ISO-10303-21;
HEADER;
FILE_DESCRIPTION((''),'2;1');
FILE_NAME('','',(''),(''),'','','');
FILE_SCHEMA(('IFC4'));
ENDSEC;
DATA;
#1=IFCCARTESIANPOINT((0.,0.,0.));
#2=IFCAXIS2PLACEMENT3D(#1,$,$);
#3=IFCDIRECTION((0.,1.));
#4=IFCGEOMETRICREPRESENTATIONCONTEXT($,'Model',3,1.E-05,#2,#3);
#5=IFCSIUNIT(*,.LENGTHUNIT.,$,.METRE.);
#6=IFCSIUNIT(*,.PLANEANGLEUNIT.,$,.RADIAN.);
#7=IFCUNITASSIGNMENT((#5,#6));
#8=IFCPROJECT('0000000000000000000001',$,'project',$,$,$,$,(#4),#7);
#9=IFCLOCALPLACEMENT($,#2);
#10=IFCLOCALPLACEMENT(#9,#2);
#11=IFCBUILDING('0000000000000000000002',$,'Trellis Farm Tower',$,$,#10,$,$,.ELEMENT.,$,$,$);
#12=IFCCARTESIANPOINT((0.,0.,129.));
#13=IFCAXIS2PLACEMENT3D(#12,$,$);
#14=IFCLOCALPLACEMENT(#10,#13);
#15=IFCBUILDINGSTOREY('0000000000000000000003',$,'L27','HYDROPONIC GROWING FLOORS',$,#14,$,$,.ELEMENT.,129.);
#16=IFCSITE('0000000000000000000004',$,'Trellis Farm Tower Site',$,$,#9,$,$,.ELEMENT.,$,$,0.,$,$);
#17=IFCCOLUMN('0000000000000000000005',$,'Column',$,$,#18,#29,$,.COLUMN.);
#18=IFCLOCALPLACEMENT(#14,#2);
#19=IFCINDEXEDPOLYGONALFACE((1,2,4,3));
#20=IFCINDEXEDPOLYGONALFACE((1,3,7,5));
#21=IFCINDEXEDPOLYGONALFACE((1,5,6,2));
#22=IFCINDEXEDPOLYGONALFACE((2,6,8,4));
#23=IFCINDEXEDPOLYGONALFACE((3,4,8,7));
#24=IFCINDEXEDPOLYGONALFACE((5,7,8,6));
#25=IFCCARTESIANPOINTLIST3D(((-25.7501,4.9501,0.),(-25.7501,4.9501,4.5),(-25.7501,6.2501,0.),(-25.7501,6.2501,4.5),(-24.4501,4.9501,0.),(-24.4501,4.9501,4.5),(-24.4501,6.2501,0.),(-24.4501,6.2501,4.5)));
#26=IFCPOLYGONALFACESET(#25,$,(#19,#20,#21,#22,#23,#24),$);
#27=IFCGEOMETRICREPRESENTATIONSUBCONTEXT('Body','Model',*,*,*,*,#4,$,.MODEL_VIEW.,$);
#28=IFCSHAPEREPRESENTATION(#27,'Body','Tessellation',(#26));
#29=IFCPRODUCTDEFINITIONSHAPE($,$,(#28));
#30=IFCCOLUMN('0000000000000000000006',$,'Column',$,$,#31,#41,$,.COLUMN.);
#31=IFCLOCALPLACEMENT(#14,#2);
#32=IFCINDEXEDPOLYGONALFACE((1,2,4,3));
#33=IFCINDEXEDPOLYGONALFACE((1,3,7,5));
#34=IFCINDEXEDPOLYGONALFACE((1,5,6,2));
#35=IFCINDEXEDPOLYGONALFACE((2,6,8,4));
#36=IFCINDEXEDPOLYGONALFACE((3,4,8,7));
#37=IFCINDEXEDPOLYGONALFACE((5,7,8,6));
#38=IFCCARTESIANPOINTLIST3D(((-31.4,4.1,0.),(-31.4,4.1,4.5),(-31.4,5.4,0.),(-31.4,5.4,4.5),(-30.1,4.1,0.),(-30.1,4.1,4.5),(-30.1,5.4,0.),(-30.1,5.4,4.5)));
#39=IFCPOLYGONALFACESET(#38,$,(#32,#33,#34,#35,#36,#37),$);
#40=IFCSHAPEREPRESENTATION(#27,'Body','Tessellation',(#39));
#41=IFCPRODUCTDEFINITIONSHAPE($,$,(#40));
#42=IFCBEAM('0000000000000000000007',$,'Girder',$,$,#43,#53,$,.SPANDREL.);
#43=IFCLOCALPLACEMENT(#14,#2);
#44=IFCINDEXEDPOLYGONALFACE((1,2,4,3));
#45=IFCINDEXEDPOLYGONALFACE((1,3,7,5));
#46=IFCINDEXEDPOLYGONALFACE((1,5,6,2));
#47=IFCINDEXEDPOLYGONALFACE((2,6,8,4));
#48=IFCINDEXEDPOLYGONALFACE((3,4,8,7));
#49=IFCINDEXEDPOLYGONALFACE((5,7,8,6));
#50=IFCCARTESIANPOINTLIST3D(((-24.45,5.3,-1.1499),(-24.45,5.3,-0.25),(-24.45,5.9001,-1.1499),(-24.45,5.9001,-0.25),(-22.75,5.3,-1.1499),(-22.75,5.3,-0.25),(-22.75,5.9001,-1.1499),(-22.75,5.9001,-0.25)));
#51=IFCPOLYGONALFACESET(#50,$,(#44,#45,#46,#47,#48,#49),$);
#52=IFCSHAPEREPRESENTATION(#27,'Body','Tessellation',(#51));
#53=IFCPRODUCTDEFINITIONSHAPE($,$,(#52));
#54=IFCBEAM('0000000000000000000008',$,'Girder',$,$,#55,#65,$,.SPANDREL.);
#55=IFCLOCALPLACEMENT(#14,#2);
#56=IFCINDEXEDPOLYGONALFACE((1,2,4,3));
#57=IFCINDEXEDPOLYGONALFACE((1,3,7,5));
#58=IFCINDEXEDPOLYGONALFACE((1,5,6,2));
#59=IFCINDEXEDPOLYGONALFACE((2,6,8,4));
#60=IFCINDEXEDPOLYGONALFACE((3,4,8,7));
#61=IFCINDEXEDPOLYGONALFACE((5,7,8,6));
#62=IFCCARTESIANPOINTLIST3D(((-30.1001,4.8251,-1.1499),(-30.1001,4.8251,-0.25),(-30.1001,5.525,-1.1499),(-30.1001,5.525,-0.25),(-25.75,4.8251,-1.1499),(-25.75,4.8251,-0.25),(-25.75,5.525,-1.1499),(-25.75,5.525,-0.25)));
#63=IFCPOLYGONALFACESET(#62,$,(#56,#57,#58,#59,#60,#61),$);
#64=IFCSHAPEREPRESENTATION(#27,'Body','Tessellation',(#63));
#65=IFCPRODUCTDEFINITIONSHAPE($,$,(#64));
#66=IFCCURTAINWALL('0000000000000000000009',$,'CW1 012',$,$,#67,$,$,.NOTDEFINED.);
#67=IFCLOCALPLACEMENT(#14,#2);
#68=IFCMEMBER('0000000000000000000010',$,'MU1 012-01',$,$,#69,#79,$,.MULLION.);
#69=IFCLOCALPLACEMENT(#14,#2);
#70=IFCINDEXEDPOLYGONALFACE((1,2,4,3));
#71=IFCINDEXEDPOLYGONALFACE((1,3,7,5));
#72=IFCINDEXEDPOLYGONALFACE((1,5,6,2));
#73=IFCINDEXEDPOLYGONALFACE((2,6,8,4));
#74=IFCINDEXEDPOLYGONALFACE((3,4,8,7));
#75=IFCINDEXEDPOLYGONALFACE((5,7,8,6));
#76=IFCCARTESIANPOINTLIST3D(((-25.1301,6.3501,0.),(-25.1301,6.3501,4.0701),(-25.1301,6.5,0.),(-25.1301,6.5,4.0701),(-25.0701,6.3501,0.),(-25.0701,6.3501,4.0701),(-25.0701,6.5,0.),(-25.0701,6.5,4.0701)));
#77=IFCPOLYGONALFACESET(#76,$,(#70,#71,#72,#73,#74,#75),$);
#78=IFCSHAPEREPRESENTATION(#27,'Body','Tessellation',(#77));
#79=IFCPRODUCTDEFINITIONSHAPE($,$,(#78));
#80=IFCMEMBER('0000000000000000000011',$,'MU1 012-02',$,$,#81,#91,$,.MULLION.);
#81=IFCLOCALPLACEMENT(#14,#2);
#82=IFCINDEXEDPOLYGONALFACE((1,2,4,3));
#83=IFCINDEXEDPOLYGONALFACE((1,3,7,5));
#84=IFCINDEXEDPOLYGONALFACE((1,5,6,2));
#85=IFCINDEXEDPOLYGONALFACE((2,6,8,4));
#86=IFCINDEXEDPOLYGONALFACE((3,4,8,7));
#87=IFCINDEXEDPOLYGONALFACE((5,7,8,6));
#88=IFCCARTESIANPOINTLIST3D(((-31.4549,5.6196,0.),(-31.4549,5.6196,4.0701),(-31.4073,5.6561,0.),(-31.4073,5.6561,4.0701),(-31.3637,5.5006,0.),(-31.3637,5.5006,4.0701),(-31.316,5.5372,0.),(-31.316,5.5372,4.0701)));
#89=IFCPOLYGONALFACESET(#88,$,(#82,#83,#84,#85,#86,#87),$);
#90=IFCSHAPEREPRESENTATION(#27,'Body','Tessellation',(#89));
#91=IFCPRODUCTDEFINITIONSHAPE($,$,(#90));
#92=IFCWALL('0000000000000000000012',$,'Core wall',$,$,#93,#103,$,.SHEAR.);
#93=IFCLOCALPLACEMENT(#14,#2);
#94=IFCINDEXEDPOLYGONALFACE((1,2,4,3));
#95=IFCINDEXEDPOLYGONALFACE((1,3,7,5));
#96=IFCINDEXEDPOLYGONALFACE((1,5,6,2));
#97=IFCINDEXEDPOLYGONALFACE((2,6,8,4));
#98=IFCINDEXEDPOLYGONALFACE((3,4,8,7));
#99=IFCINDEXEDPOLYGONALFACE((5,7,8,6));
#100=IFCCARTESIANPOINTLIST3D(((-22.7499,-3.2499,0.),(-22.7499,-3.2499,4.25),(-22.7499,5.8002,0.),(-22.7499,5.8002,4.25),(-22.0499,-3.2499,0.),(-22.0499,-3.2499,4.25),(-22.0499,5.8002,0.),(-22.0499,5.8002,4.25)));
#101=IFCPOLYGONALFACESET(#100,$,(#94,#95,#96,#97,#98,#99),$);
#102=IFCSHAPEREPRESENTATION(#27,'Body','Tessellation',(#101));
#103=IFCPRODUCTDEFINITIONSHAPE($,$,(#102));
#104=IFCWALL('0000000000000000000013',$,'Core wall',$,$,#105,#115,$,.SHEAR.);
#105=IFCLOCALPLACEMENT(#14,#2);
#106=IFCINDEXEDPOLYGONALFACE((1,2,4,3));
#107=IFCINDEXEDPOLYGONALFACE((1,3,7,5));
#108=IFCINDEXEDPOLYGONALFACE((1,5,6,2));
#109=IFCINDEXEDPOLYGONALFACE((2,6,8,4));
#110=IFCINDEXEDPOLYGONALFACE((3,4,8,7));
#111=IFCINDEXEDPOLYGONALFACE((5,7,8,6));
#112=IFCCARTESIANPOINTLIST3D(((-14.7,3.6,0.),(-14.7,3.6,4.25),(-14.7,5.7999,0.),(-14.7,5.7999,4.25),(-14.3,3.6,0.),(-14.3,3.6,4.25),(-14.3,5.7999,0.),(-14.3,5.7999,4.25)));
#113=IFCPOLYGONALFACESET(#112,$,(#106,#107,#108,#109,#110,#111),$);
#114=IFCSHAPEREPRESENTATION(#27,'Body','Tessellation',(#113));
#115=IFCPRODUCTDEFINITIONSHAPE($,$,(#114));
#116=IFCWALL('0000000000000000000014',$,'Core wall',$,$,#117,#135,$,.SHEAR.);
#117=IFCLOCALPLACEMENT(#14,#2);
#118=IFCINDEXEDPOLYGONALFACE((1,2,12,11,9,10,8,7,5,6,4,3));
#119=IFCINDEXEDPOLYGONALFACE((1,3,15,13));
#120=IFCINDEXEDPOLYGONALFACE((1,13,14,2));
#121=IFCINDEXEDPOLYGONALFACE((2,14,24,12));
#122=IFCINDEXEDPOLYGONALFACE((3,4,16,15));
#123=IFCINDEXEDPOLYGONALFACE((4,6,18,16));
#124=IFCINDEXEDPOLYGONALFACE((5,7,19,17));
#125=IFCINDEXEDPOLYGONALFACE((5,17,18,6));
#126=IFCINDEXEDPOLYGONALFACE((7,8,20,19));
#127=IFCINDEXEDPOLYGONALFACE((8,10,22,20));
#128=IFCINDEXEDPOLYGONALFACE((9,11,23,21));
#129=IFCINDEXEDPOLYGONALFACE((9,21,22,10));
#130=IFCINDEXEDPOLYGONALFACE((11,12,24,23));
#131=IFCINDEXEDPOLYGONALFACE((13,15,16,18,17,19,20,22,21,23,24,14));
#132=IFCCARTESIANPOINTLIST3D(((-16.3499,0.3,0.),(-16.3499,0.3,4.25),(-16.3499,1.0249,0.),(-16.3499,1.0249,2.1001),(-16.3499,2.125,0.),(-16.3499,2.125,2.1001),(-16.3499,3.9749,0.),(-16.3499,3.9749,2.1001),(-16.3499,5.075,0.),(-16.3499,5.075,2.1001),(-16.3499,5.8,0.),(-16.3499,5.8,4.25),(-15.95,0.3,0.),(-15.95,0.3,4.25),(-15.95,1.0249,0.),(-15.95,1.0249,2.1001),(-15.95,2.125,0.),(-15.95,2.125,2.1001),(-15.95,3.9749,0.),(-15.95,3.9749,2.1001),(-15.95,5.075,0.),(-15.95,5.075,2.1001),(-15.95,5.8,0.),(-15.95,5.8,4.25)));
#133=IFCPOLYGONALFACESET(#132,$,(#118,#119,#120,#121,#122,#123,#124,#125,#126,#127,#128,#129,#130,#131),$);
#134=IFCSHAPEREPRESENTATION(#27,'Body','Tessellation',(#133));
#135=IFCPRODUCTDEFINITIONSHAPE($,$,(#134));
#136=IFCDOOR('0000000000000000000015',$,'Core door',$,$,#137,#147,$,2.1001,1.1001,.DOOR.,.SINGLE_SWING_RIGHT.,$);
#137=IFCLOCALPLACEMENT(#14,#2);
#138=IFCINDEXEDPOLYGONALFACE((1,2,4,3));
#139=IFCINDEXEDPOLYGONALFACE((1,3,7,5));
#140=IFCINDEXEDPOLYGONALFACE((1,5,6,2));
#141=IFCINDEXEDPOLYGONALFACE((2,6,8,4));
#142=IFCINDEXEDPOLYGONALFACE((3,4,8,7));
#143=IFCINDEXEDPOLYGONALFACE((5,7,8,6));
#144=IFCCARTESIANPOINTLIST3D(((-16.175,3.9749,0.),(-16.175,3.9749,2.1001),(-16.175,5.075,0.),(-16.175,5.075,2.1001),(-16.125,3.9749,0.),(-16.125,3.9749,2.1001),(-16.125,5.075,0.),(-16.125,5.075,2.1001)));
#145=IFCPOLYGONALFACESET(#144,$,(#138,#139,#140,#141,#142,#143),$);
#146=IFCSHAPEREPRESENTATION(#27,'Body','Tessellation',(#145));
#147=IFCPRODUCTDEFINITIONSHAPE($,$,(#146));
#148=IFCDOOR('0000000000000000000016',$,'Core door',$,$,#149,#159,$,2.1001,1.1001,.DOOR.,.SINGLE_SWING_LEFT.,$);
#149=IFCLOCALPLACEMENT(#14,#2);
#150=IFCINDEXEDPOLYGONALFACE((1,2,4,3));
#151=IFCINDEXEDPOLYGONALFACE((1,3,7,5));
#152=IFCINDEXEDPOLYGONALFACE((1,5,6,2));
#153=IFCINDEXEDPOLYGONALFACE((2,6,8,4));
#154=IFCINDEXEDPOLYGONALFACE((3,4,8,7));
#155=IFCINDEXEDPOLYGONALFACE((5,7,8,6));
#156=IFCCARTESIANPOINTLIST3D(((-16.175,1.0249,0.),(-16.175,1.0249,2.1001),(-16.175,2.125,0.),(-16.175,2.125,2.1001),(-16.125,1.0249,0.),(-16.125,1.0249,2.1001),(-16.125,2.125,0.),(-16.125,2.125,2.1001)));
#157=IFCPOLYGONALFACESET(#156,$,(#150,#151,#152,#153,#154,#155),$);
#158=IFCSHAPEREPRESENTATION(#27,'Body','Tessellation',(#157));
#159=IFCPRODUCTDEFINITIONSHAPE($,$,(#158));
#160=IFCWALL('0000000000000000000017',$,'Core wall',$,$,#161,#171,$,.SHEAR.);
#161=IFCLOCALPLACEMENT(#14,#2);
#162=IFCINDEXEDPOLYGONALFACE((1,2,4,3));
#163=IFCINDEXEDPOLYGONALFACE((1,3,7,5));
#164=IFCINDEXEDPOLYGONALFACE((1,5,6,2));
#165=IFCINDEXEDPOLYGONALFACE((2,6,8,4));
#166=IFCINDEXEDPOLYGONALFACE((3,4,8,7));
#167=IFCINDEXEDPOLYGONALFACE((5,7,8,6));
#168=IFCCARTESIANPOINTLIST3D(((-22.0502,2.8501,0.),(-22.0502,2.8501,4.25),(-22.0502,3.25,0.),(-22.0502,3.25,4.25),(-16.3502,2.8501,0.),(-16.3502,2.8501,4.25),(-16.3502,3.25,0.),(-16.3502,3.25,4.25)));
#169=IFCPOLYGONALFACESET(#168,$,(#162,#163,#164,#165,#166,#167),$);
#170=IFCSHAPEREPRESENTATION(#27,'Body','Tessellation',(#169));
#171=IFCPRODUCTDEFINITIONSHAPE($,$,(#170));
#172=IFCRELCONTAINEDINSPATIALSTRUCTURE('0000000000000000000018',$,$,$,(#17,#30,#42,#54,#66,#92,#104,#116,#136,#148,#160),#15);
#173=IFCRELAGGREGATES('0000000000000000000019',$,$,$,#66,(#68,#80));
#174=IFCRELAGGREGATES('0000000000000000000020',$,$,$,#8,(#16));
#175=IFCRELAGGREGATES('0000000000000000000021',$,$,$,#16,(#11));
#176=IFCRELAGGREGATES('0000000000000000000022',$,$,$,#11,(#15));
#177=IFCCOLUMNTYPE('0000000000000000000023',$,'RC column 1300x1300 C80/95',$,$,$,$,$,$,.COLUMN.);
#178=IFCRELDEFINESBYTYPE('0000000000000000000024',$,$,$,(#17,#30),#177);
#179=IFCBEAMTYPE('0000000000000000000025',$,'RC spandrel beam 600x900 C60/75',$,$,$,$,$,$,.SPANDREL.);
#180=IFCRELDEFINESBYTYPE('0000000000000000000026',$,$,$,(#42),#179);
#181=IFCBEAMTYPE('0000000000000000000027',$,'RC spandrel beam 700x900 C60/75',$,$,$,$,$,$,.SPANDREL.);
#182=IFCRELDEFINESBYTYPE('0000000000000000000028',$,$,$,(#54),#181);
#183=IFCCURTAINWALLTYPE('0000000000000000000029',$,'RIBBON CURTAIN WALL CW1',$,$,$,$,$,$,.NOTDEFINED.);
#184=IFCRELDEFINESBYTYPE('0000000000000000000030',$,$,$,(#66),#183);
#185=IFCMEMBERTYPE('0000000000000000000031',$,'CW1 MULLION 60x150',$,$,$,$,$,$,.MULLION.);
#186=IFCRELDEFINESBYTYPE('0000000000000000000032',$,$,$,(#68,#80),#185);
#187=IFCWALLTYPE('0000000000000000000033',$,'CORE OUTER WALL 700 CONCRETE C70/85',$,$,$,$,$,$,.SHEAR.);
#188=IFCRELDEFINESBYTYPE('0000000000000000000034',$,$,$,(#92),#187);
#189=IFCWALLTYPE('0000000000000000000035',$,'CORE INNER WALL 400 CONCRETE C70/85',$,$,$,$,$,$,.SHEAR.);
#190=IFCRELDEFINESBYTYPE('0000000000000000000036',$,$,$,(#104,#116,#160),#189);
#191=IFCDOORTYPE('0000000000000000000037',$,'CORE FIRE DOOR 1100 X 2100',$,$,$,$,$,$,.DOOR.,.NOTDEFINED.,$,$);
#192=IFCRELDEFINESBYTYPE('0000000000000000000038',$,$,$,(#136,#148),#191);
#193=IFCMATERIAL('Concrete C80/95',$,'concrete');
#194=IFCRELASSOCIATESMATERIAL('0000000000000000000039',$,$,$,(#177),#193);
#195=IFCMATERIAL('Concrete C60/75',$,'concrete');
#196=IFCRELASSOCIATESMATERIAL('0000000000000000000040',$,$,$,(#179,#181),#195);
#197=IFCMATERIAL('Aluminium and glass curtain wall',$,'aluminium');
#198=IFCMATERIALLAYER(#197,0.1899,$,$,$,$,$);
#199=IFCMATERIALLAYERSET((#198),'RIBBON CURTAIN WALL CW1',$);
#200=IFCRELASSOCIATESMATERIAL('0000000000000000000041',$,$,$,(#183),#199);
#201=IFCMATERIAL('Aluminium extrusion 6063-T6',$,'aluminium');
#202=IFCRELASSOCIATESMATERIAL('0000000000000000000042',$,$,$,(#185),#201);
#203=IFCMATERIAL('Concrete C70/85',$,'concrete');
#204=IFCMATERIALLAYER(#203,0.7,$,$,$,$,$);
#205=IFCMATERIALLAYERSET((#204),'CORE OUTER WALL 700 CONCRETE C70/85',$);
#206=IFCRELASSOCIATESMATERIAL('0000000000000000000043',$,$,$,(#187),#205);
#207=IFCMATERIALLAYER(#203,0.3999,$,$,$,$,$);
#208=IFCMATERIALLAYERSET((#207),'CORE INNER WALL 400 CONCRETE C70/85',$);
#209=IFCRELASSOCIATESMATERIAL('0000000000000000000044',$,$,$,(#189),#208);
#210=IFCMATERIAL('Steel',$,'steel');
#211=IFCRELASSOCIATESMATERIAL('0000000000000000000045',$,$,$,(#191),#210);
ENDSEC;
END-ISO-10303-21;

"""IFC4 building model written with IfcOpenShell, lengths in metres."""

from ifc_helpers import new_model, si_unit, direction, frame, frame_2d, origin, origin_2d, place, context, subcontext, project, spatial, rectangle, extrude, source, transform, mapped, material, layer, layer_set, material_profile, profile_set, type_object, element, fill, aggregate, save


model = new_model("IFC4")

# Units and contexts
model_context = context("Model", 3, precision=1e-05, world=origin(), true_north=direction((0.0, 1.0)))
body_context = subcontext(model_context, "Body", "Model", "MODEL_VIEW")
ifc_project = project(units=[si_unit("LENGTHUNIT", "METRE"), si_unit("PLANEANGLEUNIT", "RADIAN")], contexts=[model_context])

# Site, building, storey
site_placement = place(None, origin())
site = spatial("IfcSite", under=ifc_project, at=site_placement, Name="Trellis Farm Tower Site", CompositionType="ELEMENT", RefElevation=0.0)
building_placement = place(site_placement, origin())
building = spatial("IfcBuilding", under=site, at=building_placement, Name="Trellis Farm Tower", CompositionType="ELEMENT")
storey_placement = place(building_placement, frame((0.0, 0.0, 129.0)))
storey = spatial("IfcBuildingStorey", under=building, at=storey_placement, Name="L27", Description="HYDROPONIC GROWING FLOORS", CompositionType="ELEMENT", Elevation=129.0)

# Columns
ifc_material_1 = material(Name="Concrete C80/95", Category="concrete")
ifc_material_profile_1 = material_profile(ifc_material_1, rectangle(XDim=1.3, YDim=1.3, at=origin_2d()), Name="RC column 1300x1300 C80/95")
ifc_profile_set_1 = profile_set([ifc_material_profile_1], Name="Concrete C80/95")
column_type = type_object("IfcColumnType", Name="RC column 1300x1300 C80/95", PredefinedType="COLUMN", material=ifc_profile_set_1)
shared_shape_1 = source(origin(), body_context, "Body", "SweptSolid", [
    extrude(rectangle(XDim=1.3, YDim=1.3, at=origin_2d()), origin(), (0.0, 0.0, 1.0), 4.5),
])
for number, where, z_axis, x_axis, name in (
    (1, (-25.1001, 5.6001, 0.0), (0.0, 0.0, 1.0), (1.0, 0.0, 0.0), "Column"),
    (2, (-30.75, 4.75, 0.0), (0.0, 0.0, 1.0), (1.0, 0.0, 0.0), "Column"),
):
    element("IfcColumn", number, at=place(storey_placement, frame(where, z_axis=z_axis, x_axis=x_axis)), inside=storey, type_object=column_type, Name=name, PredefinedType="COLUMN", context=body_context, shape_type="MappedRepresentation", body=[
        mapped(shared_shape_1, transform((0.0, 0.0, 0.0))),
    ])

# Beams
ifc_material_2 = material(Name="Concrete C60/75", Category="concrete")
ifc_material_profile_2 = material_profile(ifc_material_2, rectangle(XDim=0.6001, YDim=0.8999, at=origin_2d()), Name="RC spandrel beam 600x900 C60/75")
ifc_profile_set_2 = profile_set([ifc_material_profile_2], Name="Concrete C60/75")
beam_type_1 = type_object("IfcBeamType", Name="RC spandrel beam 600x900 C60/75", PredefinedType="SPANDREL", material=ifc_profile_set_2)
shared_shape_2 = source(origin(), body_context, "Body", "SweptSolid", [
    extrude(rectangle(XDim=0.6001, YDim=0.8999, at=origin_2d()), origin(), (0.0, 0.0, 1.0), 1.7),
])
beam_1_placement = place(storey_placement, frame((-24.45, 5.6001, -0.7), z_axis=(1.0, 0.0, 0.0), x_axis=(0.0, 1.0, 0.0)))
element("IfcBeam", 3, at=beam_1_placement, inside=storey, type_object=beam_type_1, Name="Girder", PredefinedType="SPANDREL", context=body_context, shape_type="MappedRepresentation", body=[
    mapped(shared_shape_2, transform((0.0, 0.0, 0.0))),
])
ifc_material_profile_3 = material_profile(ifc_material_2, rectangle(XDim=0.7, YDim=0.8999, at=origin_2d()), Name="RC spandrel beam 700x900 C60/75")
ifc_profile_set_3 = profile_set([ifc_material_profile_3], Name="Concrete C60/75")
beam_type_2 = type_object("IfcBeamType", Name="RC spandrel beam 700x900 C60/75", PredefinedType="SPANDREL", material=ifc_profile_set_3)
shared_shape_3 = source(origin(), body_context, "Body", "SweptSolid", [
    extrude(rectangle(XDim=0.7, YDim=0.8999, at=origin_2d()), origin(), (0.0, 0.0, 1.0), 4.3501),
])
beam_2_placement = place(storey_placement, frame((-30.1001, 5.175, -0.7), z_axis=(1.0, 0.0, 0.0), x_axis=(0.0, 1.0, 0.0)))
element("IfcBeam", 4, at=beam_2_placement, inside=storey, type_object=beam_type_2, Name="Girder", PredefinedType="SPANDREL", context=body_context, shape_type="MappedRepresentation", body=[
    mapped(shared_shape_3, transform((0.0, 0.0, 0.0))),
])

# Curtain wall, members
ifc_material_3 = material(Name="Aluminium and glass curtain wall", Category="aluminium")
ifc_layer_1 = layer(ifc_material_3, 0.1899)
ifc_layer_set_1 = layer_set([ifc_layer_1], Name="RIBBON CURTAIN WALL CW1")
curtain_wall_type = type_object("IfcCurtainWallType", Name="RIBBON CURTAIN WALL CW1", PredefinedType="NOTDEFINED", material=ifc_layer_set_1)
placement = place(storey_placement, origin())
curtain_wall = element("IfcCurtainWall", 5, at=placement, inside=storey, type_object=curtain_wall_type, Name="CW1 012", PredefinedType="NOTDEFINED")
ifc_material_4 = material(Name="Aluminium extrusion 6063-T6", Category="aluminium")
ifc_material_profile_4 = material_profile(ifc_material_4, rectangle(XDim=0.0601, YDim=0.1499, at=origin_2d()), Name="MULLION 60x150")
ifc_profile_set_4 = profile_set([ifc_material_profile_4], Name="Aluminium extrusion 6063-T6")
member_type = type_object("IfcMemberType", Name="CW1 MULLION 60x150", PredefinedType="MULLION", material=ifc_profile_set_4)
shared_shape_4 = source(origin(), body_context, "Body", "SweptSolid", [
    extrude(rectangle(XDim=0.0601, YDim=0.1499, at=origin_2d()), origin(), (0.0, 0.0, 1.0), 4.0701),
])
member_1_placement = place(storey_placement, frame((-25.1001, 6.425, 0.0), z_axis=(0.0, 0.0, 1.0), x_axis=(-1.0, 0.0, 0.0)))
member_1 = element("IfcMember", 6, at=member_1_placement, type_object=member_type, Name="MU1 012-01", PredefinedType="MULLION", context=body_context, shape_type="MappedRepresentation", body=[
    mapped(shared_shape_4, transform((0.0, 0.0, 0.0))),
])
member_2_placement = place(storey_placement, frame((-31.3855, 5.5784, 0.0), z_axis=(0.0, 0.0, 1.0), x_axis=(-0.793353, -0.608761, 0.0)))
member_2 = element("IfcMember", 7, at=member_2_placement, type_object=member_type, Name="MU1 012-02", PredefinedType="MULLION", context=body_context, shape_type="MappedRepresentation", body=[
    mapped(shared_shape_4, transform((0.0, 0.0, 0.0))),
])
aggregate(curtain_wall, [member_1, member_2])

# Walls
ifc_material_5 = material(Name="Concrete C70/85", Category="concrete")
ifc_layer_2 = layer(ifc_material_5, 0.7)
ifc_layer_set_2 = layer_set([ifc_layer_2], Name="CORE OUTER WALL 700 CONCRETE C70/85")
wall_type_1 = type_object("IfcWallType", Name="CORE OUTER WALL 700 CONCRETE C70/85", PredefinedType="SHEAR", material=ifc_layer_set_2)
shared_shape_5 = source(origin(), body_context, "Body", "SweptSolid", [
    extrude(rectangle(XDim=9.05, YDim=0.7, at=frame_2d((4.5249, 0.0))), origin(), (0.0, 0.0, 1.0), 4.25),
])
wall_1_placement = place(storey_placement, frame((-22.3999, 5.8, 0.0), z_axis=(0.0, 0.0, 1.0), x_axis=(0.0, -1.0, 0.0)))
element("IfcWall", 8, at=wall_1_placement, inside=storey, type_object=wall_type_1, Name="Core wall", PredefinedType="SHEAR", context=body_context, shape_type="MappedRepresentation", body=[
    mapped(shared_shape_5, transform((0.0, 0.0, 0.0))),
])
ifc_layer_3 = layer(ifc_material_5, 0.3999)
ifc_layer_set_3 = layer_set([ifc_layer_3], Name="CORE INNER WALL 400 CONCRETE C70/85")
wall_type_2 = type_object("IfcWallType", Name="CORE INNER WALL 400 CONCRETE C70/85", PredefinedType="SHEAR", material=ifc_layer_set_3)
shared_shape_6 = source(origin(), body_context, "Body", "SweptSolid", [
    extrude(rectangle(XDim=2.2, YDim=0.3999, at=frame_2d((1.1001, 0.0))), origin(), (0.0, 0.0, 1.0), 4.25),
])
wall_2_placement = place(storey_placement, frame((-14.5, 5.8, 0.0), z_axis=(0.0, 0.0, 1.0), x_axis=(0.0, -1.0, 0.0)))
element("IfcWall", 9, at=wall_2_placement, inside=storey, type_object=wall_type_2, Name="Core wall", PredefinedType="SHEAR", context=body_context, shape_type="MappedRepresentation", body=[
    mapped(shared_shape_6, transform((0.0, 0.0, 0.0))),
])

# Wall, openings, doors
shared_shape_7 = source(origin(), body_context, "Body", "SweptSolid", [
    extrude(rectangle(XDim=5.5, YDim=0.3999, at=frame_2d((2.75, 0.0))), origin(), (0.0, 0.0, 1.0), 4.25),
])
wall_3_placement = place(storey_placement, frame((-16.1499, 5.8, 0.0), z_axis=(0.0, 0.0, 1.0), x_axis=(0.0, -1.0, 0.0)))
wall_3 = element("IfcWall", 10, at=wall_3_placement, inside=storey, type_object=wall_type_2, Name="Core wall", PredefinedType="SHEAR", context=body_context, shape_type="MappedRepresentation", body=[
    mapped(shared_shape_7, transform((0.0, 0.0, 0.0))),
])
shared_shape_8 = source(origin(), body_context, "Body", "SweptSolid", [
    extrude(rectangle(XDim=1.1001, YDim=2.1001, at=frame_2d((0.55, 1.05))), frame((0.0, 0.21, 0.0), z_axis=(0.0, -1.0, 0.0), x_axis=(1.0, 0.0, 0.0)), (0.0, 0.0, 1.0), 0.4199),
])
opening_1_placement = place(wall_3_placement, frame((0.7251, 0.0, 0.0)))
opening_1 = element("IfcOpeningElement", 11, at=opening_1_placement, cuts=wall_3, PredefinedType="OPENING", context=body_context, shape_type="MappedRepresentation", body=[
    mapped(shared_shape_8, transform((0.0, 0.0, 0.0))),
])
opening_2_placement = place(wall_3_placement, frame((3.675, 0.0, 0.0)))
opening_2 = element("IfcOpeningElement", 12, at=opening_2_placement, cuts=wall_3, PredefinedType="OPENING", context=body_context, shape_type="MappedRepresentation", body=[
    mapped(shared_shape_8, transform((0.0, 0.0, 0.0))),
])
ifc_material_6 = material(Name="Steel", Category="steel")
door_type = type_object("IfcDoorType", Name="CORE FIRE DOOR 1100 X 2100", OperationType="NOTDEFINED", PredefinedType="DOOR", material=ifc_material_6)
shared_shape_9 = source(origin(), body_context, "Body", "SweptSolid", [
    extrude(rectangle(XDim=1.1001, YDim=2.1001, at=frame_2d((0.55, 1.05))), frame((0.0, 0.0249, 0.0), z_axis=(0.0, -1.0, 0.0), x_axis=(1.0, 0.0, 0.0)), (0.0, 0.0, 1.0), 0.05),
])
door_1_placement = place(opening_1_placement, origin())
door_1 = element("IfcDoor", 13, at=door_1_placement, inside=storey, type_object=door_type, Name="Core door", OperationType="SINGLE_SWING_RIGHT", OverallHeight=2.1001, OverallWidth=1.1001, PredefinedType="DOOR", context=body_context, shape_type="MappedRepresentation", body=[
    mapped(shared_shape_9, transform((0.0, 0.0, 0.0))),
])
fill(opening_1, door_1)
door_2_placement = place(opening_2_placement, origin())
door_2 = element("IfcDoor", 14, at=door_2_placement, inside=storey, type_object=door_type, Name="Core door", OperationType="SINGLE_SWING_LEFT", OverallHeight=2.1001, OverallWidth=1.1001, PredefinedType="DOOR", context=body_context, shape_type="MappedRepresentation", body=[
    mapped(shared_shape_9, transform((0.0, 0.0, 0.0))),
])
fill(opening_2, door_2)

# Wall
shared_shape_10 = source(origin(), body_context, "Body", "SweptSolid", [
    extrude(rectangle(XDim=5.7, YDim=0.3999, at=frame_2d((2.8501, 0.0))), origin(), (0.0, 0.0, 1.0), 4.25),
])
wall_4_placement = place(storey_placement, frame((-16.3501, 3.05, 0.0), z_axis=(0.0, 0.0, 1.0), x_axis=(-1.0, 0.0, 0.0)))
element("IfcWall", 15, at=wall_4_placement, inside=storey, type_object=wall_type_2, Name="Core wall", PredefinedType="SHEAR", context=body_context, shape_type="MappedRepresentation", body=[
    mapped(shared_shape_10, transform((0.0, 0.0, 0.0))),
])

save(model, "model.ifc")
